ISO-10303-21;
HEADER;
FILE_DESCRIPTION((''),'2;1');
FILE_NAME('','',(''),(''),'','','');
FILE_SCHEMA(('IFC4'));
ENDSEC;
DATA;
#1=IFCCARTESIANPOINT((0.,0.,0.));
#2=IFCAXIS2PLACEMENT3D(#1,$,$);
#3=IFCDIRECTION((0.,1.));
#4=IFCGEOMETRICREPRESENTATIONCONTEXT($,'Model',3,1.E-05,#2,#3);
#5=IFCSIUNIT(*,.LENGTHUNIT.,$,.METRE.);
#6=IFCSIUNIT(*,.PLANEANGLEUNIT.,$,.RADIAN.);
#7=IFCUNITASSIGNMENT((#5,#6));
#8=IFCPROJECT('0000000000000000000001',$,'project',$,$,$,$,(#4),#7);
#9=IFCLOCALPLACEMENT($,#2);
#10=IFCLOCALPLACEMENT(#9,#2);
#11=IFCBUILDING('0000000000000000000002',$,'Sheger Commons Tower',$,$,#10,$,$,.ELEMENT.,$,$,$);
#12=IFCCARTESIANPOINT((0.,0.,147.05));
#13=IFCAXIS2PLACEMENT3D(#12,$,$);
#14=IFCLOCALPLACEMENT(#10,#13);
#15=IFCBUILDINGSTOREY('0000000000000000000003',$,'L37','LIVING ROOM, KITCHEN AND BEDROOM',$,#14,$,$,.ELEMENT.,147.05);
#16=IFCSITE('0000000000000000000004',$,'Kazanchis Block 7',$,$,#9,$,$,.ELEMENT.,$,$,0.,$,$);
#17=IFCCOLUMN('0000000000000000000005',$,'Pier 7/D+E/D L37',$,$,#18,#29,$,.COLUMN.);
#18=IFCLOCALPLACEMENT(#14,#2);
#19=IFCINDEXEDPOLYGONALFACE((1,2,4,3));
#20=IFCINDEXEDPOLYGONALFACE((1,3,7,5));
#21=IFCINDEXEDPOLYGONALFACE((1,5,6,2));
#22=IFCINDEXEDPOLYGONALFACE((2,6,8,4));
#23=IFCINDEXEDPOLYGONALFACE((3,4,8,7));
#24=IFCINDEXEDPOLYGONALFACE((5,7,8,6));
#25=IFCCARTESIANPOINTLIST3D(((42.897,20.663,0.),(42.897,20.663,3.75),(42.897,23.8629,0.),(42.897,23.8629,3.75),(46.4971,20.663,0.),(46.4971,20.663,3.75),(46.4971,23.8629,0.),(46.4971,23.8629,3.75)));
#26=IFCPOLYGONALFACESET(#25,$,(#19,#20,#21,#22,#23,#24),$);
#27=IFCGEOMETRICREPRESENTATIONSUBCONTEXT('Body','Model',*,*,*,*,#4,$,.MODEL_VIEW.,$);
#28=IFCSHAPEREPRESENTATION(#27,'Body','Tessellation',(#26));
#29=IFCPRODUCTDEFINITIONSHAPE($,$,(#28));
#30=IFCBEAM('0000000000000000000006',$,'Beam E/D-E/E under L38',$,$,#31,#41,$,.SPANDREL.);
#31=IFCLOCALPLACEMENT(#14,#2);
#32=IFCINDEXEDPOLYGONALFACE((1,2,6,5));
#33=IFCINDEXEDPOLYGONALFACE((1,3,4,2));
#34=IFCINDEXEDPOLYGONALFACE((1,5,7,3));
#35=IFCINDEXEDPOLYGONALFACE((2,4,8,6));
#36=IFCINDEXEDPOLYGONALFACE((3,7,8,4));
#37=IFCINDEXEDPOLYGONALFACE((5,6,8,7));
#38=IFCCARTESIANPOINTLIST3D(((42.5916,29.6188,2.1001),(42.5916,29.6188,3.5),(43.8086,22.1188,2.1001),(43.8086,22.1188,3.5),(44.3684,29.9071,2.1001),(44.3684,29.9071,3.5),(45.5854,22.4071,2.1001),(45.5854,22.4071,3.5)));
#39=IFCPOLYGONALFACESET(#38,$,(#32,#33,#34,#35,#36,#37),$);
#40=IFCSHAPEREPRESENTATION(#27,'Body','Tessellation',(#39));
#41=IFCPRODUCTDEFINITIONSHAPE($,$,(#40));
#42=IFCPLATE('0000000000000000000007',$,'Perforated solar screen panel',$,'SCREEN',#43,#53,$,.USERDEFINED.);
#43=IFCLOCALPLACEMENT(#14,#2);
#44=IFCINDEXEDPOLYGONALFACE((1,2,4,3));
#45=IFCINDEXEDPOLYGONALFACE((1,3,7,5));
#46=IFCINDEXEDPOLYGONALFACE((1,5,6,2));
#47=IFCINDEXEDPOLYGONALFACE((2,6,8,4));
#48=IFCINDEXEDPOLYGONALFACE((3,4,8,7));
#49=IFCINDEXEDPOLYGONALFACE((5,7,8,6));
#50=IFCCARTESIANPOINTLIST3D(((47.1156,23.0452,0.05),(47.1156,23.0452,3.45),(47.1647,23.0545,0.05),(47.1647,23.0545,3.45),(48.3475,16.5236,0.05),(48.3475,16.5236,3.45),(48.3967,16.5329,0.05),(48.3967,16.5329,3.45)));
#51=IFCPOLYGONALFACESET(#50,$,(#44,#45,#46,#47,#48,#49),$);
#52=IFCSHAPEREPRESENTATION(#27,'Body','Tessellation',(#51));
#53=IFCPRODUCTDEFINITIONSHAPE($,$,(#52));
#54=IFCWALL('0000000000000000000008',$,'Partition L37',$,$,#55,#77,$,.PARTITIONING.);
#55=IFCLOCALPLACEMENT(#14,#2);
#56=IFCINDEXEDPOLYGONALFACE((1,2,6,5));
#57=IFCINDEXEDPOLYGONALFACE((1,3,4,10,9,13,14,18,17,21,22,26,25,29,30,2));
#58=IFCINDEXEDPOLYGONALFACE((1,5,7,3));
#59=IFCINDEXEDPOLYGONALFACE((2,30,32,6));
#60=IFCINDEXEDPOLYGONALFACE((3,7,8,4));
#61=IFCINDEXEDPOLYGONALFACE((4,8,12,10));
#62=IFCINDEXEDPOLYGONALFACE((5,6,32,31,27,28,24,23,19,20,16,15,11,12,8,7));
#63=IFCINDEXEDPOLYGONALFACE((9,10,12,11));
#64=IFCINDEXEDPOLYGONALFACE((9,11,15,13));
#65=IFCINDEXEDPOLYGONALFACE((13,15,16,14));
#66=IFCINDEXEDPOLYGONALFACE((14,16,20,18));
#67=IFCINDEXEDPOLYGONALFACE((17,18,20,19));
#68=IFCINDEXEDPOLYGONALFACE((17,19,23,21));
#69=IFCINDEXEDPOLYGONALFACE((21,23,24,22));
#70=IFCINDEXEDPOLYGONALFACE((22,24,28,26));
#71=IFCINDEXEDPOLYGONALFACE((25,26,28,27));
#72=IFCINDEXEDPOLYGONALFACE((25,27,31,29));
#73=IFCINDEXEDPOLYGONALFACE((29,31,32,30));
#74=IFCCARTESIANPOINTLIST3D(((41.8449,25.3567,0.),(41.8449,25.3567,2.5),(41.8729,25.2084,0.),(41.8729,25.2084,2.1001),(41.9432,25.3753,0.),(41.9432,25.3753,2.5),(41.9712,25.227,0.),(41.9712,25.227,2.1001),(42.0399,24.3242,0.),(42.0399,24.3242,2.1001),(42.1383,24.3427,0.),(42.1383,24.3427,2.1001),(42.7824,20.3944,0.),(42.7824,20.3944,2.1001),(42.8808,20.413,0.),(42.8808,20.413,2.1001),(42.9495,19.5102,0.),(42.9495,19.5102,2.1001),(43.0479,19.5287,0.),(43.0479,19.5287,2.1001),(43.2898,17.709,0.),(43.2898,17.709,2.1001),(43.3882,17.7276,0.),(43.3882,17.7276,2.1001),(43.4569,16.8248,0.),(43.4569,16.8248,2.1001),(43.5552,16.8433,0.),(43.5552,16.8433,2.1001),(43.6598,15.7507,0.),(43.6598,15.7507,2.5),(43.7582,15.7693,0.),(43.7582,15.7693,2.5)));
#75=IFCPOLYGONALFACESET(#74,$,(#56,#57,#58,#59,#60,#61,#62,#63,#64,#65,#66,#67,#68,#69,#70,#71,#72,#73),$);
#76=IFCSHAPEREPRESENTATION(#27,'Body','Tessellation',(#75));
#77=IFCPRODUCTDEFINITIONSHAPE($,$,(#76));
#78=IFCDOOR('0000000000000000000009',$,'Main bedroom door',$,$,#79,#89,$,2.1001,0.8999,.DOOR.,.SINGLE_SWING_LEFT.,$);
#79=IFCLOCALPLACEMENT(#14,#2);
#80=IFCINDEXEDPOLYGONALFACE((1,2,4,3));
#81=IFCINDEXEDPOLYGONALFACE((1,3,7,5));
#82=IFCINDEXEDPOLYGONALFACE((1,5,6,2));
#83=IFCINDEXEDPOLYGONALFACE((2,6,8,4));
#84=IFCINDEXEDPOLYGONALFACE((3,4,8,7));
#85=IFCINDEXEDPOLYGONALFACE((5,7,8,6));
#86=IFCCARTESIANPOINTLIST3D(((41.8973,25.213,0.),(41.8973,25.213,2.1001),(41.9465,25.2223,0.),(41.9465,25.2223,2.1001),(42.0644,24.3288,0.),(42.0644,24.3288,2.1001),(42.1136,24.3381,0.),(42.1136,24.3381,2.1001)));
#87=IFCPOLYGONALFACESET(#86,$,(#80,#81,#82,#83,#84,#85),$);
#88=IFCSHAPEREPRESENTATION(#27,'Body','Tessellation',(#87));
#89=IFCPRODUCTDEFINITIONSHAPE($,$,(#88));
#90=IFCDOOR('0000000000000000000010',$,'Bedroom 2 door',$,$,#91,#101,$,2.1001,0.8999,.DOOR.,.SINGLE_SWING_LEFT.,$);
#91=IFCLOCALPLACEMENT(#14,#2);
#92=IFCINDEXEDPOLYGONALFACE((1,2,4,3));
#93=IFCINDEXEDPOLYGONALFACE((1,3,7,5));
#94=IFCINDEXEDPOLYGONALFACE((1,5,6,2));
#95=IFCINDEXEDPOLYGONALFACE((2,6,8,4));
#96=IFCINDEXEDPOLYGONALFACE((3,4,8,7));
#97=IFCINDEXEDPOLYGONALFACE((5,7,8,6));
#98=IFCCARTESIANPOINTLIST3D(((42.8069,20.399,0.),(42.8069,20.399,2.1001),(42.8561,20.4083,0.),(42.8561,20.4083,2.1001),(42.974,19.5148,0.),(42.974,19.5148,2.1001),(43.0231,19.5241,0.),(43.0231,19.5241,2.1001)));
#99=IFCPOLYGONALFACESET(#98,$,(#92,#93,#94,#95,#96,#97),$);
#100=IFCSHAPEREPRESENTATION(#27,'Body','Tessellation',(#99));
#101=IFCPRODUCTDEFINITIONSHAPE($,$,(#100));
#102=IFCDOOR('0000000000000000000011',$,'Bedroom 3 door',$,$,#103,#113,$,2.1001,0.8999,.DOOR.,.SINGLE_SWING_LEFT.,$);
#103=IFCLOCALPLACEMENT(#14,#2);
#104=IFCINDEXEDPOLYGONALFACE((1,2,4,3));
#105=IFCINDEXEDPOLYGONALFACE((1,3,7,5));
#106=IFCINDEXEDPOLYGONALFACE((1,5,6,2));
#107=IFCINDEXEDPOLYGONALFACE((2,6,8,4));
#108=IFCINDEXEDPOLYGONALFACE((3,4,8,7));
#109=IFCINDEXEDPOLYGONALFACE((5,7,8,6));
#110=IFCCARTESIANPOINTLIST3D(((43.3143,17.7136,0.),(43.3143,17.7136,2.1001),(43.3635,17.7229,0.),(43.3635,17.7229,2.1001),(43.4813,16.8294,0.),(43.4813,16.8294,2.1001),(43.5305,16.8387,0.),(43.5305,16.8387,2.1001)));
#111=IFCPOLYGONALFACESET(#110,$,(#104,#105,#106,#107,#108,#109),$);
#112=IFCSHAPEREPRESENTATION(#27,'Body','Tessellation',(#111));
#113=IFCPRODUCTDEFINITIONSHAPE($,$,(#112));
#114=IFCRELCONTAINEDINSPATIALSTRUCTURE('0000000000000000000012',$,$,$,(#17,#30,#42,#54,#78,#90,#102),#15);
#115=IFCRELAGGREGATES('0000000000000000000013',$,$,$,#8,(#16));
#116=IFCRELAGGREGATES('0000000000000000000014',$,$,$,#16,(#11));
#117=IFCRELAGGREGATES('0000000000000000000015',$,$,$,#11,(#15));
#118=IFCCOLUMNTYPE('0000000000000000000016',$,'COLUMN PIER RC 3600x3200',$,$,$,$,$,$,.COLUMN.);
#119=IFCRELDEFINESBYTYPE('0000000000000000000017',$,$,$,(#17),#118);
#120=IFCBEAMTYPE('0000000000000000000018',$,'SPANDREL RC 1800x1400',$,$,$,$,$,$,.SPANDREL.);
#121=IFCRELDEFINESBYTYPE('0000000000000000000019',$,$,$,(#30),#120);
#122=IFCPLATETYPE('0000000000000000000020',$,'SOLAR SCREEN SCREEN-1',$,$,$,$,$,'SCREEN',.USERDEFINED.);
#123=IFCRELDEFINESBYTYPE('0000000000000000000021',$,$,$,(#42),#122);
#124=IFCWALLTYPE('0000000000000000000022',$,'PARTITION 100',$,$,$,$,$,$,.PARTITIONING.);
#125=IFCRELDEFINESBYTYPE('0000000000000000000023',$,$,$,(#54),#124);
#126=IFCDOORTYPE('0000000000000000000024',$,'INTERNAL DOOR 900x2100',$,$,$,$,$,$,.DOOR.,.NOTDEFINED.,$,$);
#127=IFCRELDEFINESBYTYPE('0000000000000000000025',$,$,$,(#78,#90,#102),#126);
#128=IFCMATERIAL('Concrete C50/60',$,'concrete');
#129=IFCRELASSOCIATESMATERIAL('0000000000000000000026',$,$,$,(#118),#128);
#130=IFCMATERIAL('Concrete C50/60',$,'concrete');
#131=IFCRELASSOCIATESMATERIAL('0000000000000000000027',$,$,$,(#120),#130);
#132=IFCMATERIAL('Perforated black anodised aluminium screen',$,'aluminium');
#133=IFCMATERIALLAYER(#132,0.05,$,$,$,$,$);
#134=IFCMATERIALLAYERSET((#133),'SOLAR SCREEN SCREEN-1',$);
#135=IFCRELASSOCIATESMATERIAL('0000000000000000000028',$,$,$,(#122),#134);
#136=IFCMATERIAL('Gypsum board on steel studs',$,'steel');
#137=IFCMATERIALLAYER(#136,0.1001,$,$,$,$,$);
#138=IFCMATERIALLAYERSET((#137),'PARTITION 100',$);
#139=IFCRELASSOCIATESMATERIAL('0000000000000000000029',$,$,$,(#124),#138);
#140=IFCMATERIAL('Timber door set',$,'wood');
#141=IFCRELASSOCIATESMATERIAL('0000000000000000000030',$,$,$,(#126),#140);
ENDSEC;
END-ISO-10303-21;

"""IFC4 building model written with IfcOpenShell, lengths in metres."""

from ifc_helpers import new_model, si_unit, direction, frame, frame_2d, origin, origin_2d, place, context, subcontext, project, spatial, rectangle, extrude, material, layer, layer_set, material_profile, profile_set, type_object, element, fill, save


model = new_model("IFC4")

# Units and contexts
model_context = context("Model", 3, precision=1e-05, world=origin(), true_north=direction((0.0, 1.0)))
body_context = subcontext(model_context, "Body", "Model", "MODEL_VIEW")
ifc_project = project(units=[si_unit("LENGTHUNIT", "METRE"), si_unit("PLANEANGLEUNIT", "RADIAN")], contexts=[model_context])

# Site, building, storey
site_placement = place(None, origin())
site = spatial("IfcSite", under=ifc_project, at=site_placement, Name="Kazanchis Block 7", CompositionType="ELEMENT", RefElevation=0.0)
building_placement = place(site_placement, origin())
building = spatial("IfcBuilding", under=site, at=building_placement, Name="Sheger Commons Tower", CompositionType="ELEMENT")
storey_placement = place(building_placement, frame((0.0, 0.0, 147.05)))
storey = spatial("IfcBuildingStorey", under=building, at=storey_placement, Name="L37", Description="LIVING ROOM, KITCHEN AND BEDROOM", CompositionType="ELEMENT", Elevation=147.05)

# Column
ifc_material_1 = material(Name="Concrete C50/60", Category="concrete")
ifc_material_profile_1 = material_profile(ifc_material_1, rectangle(XDim=3.6001, YDim=3.2, at=origin_2d()), Name="RC 3600x3200")
ifc_profile_set_1 = profile_set([ifc_material_profile_1], Name="Concrete C50/60")
column_type = type_object("IfcColumnType", Name="COLUMN PIER RC 3600x3200", PredefinedType="COLUMN", material=ifc_profile_set_1)
column_placement = place(storey_placement, frame((44.697, 22.2629, 0.0), z_axis=(0.0, 0.0, 1.0), x_axis=(1.0, 0.0, 0.0)))
element("IfcColumn", 1, at=column_placement, inside=storey, type_object=column_type, Name="Pier 7/D+E/D L37", PredefinedType="COLUMN", context=body_context, shape_type="SweptSolid", body=[
    extrude(rectangle(XDim=3.6001, YDim=3.2, at=origin_2d()), origin(), (0.0, 0.0, 1.0), 3.75),
])

# Beam
ifc_material_2 = material(Name="Concrete C50/60", Category="concrete")
ifc_material_profile_2 = material_profile(ifc_material_2, rectangle(XDim=1.8, YDim=1.3999, at=origin_2d()), Name="RC 1800x1400")
ifc_profile_set_2 = profile_set([ifc_material_profile_2], Name="Concrete C50/60")
beam_type = type_object("IfcBeamType", Name="SPANDREL RC 1800x1400", PredefinedType="SPANDREL", material=ifc_profile_set_2)
beam_placement = place(storey_placement, frame((44.697, 22.2629, 2.8), z_axis=(-0.160177, 0.987088, 0.0), x_axis=(-0.987088, -0.160177, 0.0)))
element("IfcBeam", 2, at=beam_placement, inside=storey, type_object=beam_type, Name="Beam E/D-E/E under L38", PredefinedType="SPANDREL", context=body_context, shape_type="SweptSolid", body=[
    extrude(rectangle(XDim=1.8, YDim=1.3999, at=origin_2d()), origin(), (0.0, 0.0, 1.0), 7.5981),
])

# Plate
ifc_material_3 = material(Name="Perforated black anodised aluminium screen", Category="aluminium")
ifc_layer_1 = layer(ifc_material_3, 0.05)
ifc_layer_set_1 = layer_set([ifc_layer_1], Name="SOLAR SCREEN SCREEN-1")
plate_type = type_object("IfcPlateType", Name="SOLAR SCREEN SCREEN-1", ElementType="SCREEN", PredefinedType="USERDEFINED", material=ifc_layer_set_1)
plate_placement = place(storey_placement, frame((47.7561, 19.7891, 0.05), z_axis=(0.0, 0.0, 1.0), x_axis=(-0.185615, 0.982623, 0.0)))
element("IfcPlate", 3, at=plate_placement, inside=storey, type_object=plate_type, Name="Perforated solar screen panel", ObjectType="SCREEN", PredefinedType="USERDEFINED", context=body_context, shape_type="SweptSolid", body=[
    extrude(rectangle(XDim=6.637, YDim=0.05, at=origin_2d()), origin(), (0.0, 0.0, 1.0), 3.3999),
])

# Wall, openings, doors
ifc_material_4 = material(Name="Gypsum board on steel studs", Category="steel")
ifc_layer_2 = layer(ifc_material_4, 0.1001)
ifc_layer_set_2 = layer_set([ifc_layer_2], Name="PARTITION 100")
wall_type = type_object("IfcWallType", Name="PARTITION 100", PredefinedType="PARTITIONING", material=ifc_layer_set_2)
wall_1_placement = place(storey_placement, frame((41.894, 25.366, 0.0), z_axis=(0.0, 0.0, 1.0), x_axis=(0.185654, -0.982615, 0.0)))
wall_1 = element("IfcWall", 4, at=wall_1_placement, inside=storey, type_object=wall_type, Name="Partition L37", PredefinedType="PARTITIONING", context=body_context, shape_type="SweptSolid", body=[
    extrude(rectangle(XDim=9.7759, YDim=0.1001, at=frame_2d((4.8879, 0.0))), origin(), (0.0, 0.0, 1.0), 2.5),
])
opening_1_placement = place(wall_1_placement, frame((0.1509, 0.0, 0.0)))
opening_1 = element("IfcOpeningElement", 5, at=opening_1_placement, cuts=wall_1, PredefinedType="OPENING", context=body_context, shape_type="SweptSolid", body=[
    extrude(rectangle(XDim=0.8999, YDim=2.1001, at=frame_2d((0.45, 1.05))), frame((0.0, 0.0601, 0.0), z_axis=(0.0, -1.0, 0.0), x_axis=(1.0, 0.0, 0.0)), (0.0, 0.0, 1.0), 0.1201),
])
opening_2_placement = place(wall_1_placement, frame((5.05, 0.0, 0.0)))
opening_2 = element("IfcOpeningElement", 6, at=opening_2_placement, cuts=wall_1, PredefinedType="OPENING", context=body_context, shape_type="SweptSolid", body=[
    extrude(rectangle(XDim=0.8999, YDim=2.1001, at=frame_2d((0.45, 1.05))), frame((0.0, 0.0601, 0.0), z_axis=(0.0, -1.0, 0.0), x_axis=(1.0, 0.0, 0.0)), (0.0, 0.0, 1.0), 0.1201),
])
opening_3_placement = place(wall_1_placement, frame((7.783, 0.0, 0.0)))
opening_3 = element("IfcOpeningElement", 7, at=opening_3_placement, cuts=wall_1, PredefinedType="OPENING", context=body_context, shape_type="SweptSolid", body=[
    extrude(rectangle(XDim=0.8999, YDim=2.1001, at=frame_2d((0.45, 1.05))), frame((0.0, 0.0601, 0.0), z_axis=(0.0, -1.0, 0.0), x_axis=(1.0, 0.0, 0.0)), (0.0, 0.0, 1.0), 0.1201),
])
ifc_material_5 = material(Name="Timber door set", Category="wood")
door_type = type_object("IfcDoorType", Name="INTERNAL DOOR 900x2100", OperationType="NOTDEFINED", PredefinedType="DOOR", material=ifc_material_5)
door_1_placement = place(opening_1_placement, origin())
door_1 = element("IfcDoor", 8, at=door_1_placement, inside=storey, type_object=door_type, Name="Main bedroom door", OperationType="SINGLE_SWING_LEFT", OverallHeight=2.1001, OverallWidth=0.8999, PredefinedType="DOOR", context=body_context, shape_type="SweptSolid", body=[
    extrude(rectangle(XDim=0.8999, YDim=2.1001, at=frame_2d((0.45, 1.05))), frame((0.0, 0.0249, 0.0), z_axis=(0.0, -1.0, 0.0), x_axis=(1.0, 0.0, 0.0)), (0.0, 0.0, 1.0), 0.05),
])
fill(opening_1, door_1)
door_2_placement = place(opening_2_placement, origin())
door_2 = element("IfcDoor", 9, at=door_2_placement, inside=storey, type_object=door_type, Name="Bedroom 2 door", OperationType="SINGLE_SWING_LEFT", OverallHeight=2.1001, OverallWidth=0.8999, PredefinedType="DOOR", context=body_context, shape_type="SweptSolid", body=[
    extrude(rectangle(XDim=0.8999, YDim=2.1001, at=frame_2d((0.45, 1.05))), frame((0.0, 0.0249, 0.0), z_axis=(0.0, -1.0, 0.0), x_axis=(1.0, 0.0, 0.0)), (0.0, 0.0, 1.0), 0.05),
])
fill(opening_2, door_2)
door_3_placement = place(opening_3_placement, origin())
door_3 = element("IfcDoor", 10, at=door_3_placement, inside=storey, type_object=door_type, Name="Bedroom 3 door", OperationType="SINGLE_SWING_LEFT", OverallHeight=2.1001, OverallWidth=0.8999, PredefinedType="DOOR", context=body_context, shape_type="SweptSolid", body=[
    extrude(rectangle(XDim=0.8999, YDim=2.1001, at=frame_2d((0.45, 1.05))), frame((0.0, 0.0249, 0.0), z_axis=(0.0, -1.0, 0.0), x_axis=(1.0, 0.0, 0.0)), (0.0, 0.0, 1.0), 0.05),
])
fill(opening_3, door_3)

save(model, "model.ifc")
